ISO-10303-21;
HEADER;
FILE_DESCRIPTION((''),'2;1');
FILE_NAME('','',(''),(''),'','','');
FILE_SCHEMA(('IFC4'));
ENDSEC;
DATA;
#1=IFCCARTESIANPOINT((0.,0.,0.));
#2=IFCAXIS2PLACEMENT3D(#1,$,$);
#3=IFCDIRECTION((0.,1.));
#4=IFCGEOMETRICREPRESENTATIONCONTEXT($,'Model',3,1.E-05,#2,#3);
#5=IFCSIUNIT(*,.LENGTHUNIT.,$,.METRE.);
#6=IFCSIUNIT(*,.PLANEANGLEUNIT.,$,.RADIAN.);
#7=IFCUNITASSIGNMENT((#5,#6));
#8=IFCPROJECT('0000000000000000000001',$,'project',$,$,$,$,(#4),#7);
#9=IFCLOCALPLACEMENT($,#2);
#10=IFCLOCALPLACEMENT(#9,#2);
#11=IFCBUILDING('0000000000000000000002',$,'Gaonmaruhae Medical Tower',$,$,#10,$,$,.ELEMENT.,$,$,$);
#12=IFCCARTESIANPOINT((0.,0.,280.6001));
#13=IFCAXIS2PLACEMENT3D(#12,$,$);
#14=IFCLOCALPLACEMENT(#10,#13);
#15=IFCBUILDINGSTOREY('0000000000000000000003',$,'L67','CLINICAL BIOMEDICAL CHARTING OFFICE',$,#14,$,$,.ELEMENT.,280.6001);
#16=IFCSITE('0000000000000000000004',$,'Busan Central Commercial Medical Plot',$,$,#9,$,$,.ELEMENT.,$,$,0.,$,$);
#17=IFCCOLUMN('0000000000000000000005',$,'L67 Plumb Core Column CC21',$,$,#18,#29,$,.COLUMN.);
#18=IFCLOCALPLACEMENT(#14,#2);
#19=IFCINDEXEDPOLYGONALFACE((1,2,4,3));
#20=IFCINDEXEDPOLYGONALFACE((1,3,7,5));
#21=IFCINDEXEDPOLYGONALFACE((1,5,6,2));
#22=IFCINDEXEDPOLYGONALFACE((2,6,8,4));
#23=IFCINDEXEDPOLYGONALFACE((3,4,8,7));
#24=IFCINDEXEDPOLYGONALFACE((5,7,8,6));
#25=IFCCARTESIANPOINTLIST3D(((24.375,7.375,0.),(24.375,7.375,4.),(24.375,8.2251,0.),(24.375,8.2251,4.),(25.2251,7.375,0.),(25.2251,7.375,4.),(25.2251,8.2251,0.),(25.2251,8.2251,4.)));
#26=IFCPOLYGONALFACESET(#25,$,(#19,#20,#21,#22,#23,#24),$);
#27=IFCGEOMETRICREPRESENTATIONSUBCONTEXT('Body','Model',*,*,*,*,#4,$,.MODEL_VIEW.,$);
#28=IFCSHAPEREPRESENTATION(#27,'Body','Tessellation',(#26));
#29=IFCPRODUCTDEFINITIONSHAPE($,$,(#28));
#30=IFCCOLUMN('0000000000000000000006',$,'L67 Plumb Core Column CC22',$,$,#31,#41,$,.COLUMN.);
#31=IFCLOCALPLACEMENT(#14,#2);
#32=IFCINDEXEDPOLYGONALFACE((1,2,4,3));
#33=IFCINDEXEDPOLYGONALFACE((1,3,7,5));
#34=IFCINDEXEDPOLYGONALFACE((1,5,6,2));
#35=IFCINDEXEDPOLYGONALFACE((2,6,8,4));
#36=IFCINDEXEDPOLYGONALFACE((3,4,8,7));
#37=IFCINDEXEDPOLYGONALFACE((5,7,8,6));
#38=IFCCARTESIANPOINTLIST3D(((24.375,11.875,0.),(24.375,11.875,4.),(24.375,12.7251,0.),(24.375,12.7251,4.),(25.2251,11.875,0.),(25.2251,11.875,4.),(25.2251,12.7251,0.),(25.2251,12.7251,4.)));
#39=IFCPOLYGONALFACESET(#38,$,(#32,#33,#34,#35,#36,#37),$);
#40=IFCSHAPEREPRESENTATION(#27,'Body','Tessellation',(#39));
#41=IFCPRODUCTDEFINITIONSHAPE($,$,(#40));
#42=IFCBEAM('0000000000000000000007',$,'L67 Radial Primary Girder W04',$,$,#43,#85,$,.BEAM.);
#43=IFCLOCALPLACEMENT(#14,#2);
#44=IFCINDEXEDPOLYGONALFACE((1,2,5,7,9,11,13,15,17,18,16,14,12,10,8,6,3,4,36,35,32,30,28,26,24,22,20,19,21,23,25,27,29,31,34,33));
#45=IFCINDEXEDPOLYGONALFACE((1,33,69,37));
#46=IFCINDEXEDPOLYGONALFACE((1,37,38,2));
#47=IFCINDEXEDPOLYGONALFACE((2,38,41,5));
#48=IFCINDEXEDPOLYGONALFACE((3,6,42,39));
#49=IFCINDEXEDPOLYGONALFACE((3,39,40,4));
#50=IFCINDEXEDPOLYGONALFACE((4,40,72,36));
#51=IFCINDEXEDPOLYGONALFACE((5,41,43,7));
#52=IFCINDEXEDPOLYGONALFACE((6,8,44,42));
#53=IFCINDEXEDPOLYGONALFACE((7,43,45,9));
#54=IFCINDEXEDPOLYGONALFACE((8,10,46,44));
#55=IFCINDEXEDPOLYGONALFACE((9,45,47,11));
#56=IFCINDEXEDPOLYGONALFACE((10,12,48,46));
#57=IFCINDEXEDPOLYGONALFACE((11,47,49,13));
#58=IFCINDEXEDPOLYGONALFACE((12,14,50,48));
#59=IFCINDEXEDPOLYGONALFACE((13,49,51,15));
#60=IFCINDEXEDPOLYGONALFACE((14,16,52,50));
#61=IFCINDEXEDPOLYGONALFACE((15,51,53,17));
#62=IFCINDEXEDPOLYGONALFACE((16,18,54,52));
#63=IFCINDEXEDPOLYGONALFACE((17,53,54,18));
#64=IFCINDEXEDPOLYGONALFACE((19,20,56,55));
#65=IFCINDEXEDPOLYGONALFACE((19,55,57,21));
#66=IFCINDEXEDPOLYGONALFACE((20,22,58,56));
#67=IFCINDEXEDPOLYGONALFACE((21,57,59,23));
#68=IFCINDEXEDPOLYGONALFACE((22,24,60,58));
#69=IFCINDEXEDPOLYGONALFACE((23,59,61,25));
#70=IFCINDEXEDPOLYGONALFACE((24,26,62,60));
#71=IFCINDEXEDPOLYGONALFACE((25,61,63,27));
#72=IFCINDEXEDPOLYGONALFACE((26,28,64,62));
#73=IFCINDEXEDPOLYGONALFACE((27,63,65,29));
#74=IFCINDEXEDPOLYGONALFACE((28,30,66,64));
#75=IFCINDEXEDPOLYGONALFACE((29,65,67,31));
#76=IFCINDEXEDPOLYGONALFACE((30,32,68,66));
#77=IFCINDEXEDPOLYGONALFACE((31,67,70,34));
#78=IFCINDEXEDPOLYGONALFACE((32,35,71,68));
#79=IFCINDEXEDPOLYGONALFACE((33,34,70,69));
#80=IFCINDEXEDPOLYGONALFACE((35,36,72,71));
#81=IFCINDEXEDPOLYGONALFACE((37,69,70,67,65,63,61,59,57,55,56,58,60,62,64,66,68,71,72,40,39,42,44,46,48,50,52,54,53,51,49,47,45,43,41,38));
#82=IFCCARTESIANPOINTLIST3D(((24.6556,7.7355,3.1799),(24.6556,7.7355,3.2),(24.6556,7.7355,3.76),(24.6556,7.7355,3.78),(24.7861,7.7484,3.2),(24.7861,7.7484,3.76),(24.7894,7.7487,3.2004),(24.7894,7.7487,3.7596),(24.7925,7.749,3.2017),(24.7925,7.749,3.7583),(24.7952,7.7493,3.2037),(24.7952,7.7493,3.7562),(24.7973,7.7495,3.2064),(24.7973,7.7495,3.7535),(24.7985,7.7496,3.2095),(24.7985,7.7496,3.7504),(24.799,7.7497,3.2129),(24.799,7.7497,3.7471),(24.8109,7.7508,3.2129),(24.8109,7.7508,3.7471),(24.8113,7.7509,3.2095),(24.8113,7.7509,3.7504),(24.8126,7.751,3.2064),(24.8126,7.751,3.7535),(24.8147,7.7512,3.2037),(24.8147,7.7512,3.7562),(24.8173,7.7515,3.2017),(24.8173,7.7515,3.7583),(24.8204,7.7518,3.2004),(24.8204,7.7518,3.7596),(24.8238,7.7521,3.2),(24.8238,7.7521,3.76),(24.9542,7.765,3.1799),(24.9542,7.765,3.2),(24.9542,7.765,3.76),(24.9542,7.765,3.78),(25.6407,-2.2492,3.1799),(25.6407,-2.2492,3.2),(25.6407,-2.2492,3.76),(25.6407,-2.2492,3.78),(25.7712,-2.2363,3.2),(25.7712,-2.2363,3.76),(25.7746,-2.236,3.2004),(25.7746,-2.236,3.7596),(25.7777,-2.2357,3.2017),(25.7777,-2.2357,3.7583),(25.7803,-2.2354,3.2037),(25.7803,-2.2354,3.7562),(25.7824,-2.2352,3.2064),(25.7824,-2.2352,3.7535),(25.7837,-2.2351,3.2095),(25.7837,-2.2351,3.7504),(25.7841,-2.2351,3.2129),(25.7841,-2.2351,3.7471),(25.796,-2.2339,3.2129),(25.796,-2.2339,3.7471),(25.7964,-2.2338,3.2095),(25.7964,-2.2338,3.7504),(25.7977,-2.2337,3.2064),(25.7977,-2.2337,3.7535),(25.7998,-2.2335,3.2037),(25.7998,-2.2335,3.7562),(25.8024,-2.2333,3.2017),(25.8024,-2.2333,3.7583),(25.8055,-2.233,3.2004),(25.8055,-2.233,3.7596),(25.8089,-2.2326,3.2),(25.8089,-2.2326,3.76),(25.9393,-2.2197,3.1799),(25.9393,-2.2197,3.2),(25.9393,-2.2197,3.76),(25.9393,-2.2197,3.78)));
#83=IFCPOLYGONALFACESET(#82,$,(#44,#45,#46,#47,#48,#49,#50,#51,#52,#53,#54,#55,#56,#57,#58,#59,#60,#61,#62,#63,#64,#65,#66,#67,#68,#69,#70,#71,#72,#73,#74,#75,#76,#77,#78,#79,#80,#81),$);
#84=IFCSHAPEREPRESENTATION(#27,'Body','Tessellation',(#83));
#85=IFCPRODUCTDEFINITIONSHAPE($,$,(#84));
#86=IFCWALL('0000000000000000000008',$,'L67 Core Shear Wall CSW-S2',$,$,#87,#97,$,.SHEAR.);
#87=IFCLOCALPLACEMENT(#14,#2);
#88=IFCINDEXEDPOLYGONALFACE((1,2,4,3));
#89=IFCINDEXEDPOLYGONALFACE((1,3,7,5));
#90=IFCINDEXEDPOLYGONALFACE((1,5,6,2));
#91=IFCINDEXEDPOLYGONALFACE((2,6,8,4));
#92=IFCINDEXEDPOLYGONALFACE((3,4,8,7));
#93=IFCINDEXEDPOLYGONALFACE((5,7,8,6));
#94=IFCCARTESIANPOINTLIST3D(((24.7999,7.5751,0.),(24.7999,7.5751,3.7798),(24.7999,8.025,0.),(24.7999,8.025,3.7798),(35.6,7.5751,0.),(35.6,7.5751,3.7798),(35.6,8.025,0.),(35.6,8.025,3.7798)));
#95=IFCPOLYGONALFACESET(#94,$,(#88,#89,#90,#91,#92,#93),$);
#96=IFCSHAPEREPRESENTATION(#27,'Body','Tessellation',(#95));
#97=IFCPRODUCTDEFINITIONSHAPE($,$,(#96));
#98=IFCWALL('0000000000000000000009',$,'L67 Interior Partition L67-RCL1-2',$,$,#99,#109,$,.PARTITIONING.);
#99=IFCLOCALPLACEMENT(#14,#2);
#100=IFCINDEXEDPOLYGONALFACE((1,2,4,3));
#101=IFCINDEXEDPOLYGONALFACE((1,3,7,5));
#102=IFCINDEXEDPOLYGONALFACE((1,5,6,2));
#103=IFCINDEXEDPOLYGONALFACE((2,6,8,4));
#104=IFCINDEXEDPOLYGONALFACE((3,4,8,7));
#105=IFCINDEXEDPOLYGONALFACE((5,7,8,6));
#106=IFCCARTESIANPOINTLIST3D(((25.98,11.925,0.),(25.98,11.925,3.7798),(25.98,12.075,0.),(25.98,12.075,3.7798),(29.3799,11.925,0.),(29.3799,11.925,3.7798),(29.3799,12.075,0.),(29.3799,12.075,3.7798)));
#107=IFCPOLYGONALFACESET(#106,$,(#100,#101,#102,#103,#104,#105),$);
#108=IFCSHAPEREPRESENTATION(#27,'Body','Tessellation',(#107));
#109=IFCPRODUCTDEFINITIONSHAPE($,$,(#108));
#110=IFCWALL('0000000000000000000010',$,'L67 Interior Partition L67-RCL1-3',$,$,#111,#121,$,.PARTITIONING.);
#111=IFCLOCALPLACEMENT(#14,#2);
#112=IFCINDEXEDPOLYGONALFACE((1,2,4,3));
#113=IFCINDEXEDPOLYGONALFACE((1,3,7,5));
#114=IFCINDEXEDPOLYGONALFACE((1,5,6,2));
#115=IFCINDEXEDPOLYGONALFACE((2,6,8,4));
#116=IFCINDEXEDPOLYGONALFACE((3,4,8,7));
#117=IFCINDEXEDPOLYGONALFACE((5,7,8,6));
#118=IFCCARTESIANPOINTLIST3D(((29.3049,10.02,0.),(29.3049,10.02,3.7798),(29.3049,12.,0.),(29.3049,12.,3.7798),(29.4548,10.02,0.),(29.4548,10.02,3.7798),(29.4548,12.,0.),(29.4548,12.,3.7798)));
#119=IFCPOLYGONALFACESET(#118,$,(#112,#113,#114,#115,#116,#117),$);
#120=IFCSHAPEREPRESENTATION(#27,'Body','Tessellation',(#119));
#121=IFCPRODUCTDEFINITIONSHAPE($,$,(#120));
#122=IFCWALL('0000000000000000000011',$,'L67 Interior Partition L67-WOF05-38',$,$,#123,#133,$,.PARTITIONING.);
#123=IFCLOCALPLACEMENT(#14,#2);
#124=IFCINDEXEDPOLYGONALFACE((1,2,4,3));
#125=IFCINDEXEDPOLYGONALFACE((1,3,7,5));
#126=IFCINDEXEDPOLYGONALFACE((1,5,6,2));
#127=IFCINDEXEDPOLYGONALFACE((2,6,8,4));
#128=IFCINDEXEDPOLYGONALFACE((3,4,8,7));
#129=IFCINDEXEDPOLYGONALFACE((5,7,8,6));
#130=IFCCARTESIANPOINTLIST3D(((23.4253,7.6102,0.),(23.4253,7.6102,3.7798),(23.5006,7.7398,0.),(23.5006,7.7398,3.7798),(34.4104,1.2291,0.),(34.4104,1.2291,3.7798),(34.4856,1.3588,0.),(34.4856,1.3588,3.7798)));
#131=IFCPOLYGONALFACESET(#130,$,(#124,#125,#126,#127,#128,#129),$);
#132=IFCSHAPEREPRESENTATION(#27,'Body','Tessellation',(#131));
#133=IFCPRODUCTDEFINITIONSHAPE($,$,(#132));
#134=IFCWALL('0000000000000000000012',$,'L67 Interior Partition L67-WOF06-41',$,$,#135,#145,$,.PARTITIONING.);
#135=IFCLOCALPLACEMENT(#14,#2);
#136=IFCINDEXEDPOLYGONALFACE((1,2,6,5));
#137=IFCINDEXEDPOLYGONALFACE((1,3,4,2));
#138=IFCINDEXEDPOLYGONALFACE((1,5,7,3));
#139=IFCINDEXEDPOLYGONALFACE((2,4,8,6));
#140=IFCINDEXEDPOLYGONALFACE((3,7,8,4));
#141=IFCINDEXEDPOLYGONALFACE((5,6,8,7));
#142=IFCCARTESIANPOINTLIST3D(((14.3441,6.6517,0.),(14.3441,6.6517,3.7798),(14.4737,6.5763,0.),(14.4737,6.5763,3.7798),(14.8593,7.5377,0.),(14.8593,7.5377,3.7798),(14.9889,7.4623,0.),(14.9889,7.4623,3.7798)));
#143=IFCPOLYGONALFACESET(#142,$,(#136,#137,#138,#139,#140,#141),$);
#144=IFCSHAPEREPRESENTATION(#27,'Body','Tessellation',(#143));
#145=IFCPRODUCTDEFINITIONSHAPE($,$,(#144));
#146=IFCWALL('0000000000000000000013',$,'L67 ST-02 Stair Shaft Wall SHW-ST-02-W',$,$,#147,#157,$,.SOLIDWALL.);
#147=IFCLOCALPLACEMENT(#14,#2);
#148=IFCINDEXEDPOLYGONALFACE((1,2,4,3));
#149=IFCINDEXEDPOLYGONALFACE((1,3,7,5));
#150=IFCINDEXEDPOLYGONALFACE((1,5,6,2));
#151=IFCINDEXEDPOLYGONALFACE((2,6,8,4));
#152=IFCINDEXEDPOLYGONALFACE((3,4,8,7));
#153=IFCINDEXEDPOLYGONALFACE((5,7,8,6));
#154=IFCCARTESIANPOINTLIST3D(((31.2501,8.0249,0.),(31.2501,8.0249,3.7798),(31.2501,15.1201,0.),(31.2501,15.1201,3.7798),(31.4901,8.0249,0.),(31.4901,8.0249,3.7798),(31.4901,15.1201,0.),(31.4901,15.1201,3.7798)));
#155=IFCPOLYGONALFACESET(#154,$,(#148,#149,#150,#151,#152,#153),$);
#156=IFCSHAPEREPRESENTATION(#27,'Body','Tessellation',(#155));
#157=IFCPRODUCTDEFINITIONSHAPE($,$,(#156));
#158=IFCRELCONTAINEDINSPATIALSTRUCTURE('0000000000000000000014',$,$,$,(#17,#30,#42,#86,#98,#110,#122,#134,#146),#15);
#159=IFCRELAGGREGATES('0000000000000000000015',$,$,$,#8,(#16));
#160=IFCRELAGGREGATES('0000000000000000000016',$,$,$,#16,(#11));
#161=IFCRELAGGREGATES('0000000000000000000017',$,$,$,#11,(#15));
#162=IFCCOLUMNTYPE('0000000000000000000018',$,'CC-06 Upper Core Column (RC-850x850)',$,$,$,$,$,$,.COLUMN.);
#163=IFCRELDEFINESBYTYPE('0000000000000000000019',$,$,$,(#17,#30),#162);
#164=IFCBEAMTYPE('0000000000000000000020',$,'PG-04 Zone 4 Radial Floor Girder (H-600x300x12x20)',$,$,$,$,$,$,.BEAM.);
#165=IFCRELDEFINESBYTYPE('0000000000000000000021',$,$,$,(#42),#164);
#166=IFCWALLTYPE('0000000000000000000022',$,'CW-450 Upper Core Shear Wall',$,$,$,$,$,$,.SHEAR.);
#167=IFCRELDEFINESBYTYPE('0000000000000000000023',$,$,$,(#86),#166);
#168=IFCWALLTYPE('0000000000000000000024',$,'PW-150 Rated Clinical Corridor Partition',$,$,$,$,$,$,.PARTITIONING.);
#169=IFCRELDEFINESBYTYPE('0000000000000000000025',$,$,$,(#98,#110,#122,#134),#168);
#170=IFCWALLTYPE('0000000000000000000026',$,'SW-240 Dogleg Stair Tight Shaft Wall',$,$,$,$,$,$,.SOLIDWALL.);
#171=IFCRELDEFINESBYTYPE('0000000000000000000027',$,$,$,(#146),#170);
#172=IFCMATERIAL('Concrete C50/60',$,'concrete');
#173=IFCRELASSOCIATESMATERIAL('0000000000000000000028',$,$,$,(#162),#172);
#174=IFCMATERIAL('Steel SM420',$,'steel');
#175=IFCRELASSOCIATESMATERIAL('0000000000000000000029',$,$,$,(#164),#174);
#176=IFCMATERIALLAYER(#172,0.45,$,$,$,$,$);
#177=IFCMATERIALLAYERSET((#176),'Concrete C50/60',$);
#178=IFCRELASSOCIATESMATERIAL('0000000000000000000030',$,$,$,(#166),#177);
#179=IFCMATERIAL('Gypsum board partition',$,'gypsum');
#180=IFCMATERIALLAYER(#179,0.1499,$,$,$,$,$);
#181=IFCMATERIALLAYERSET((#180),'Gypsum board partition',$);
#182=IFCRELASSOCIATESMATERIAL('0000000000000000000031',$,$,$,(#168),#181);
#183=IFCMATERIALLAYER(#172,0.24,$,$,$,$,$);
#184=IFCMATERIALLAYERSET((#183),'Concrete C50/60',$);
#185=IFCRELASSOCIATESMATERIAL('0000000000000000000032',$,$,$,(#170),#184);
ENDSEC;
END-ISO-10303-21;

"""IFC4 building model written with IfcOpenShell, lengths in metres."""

from ifc_helpers import new_model, si_unit, direction, frame, frame_2d, origin, origin_2d, place, context, subcontext, project, spatial, rectangle, i_section, extrude, material, layer, layer_set, material_profile, profile_set, type_object, element, save


model = new_model("IFC4")

# Units and contexts
model_context = context("Model", 3, precision=1e-05, world=origin(), true_north=direction((0.0, 1.0)))
body_context = subcontext(model_context, "Body", "Model", "MODEL_VIEW")
ifc_project = project(units=[si_unit("LENGTHUNIT", "METRE"), si_unit("PLANEANGLEUNIT", "RADIAN")], contexts=[model_context])

# Site, building, storey
site_placement = place(None, origin())
site = spatial("IfcSite", under=ifc_project, at=site_placement, Name="Busan Central Commercial Medical Plot", CompositionType="ELEMENT", RefElevation=0.0)
building_placement = place(site_placement, origin())
building = spatial("IfcBuilding", under=site, at=building_placement, Name="Gaonmaruhae Medical Tower", CompositionType="ELEMENT")
storey_placement = place(building_placement, frame((0.0, 0.0, 280.6001)))
storey = spatial("IfcBuildingStorey", under=building, at=storey_placement, Name="L67", Description="CLINICAL BIOMEDICAL CHARTING OFFICE", CompositionType="ELEMENT", Elevation=280.6001)

# Columns
ifc_material_1 = material(Name="Concrete C50/60", Category="concrete")
ifc_material_profile_1 = material_profile(ifc_material_1, rectangle(XDim=0.8501, YDim=0.8501, at=origin_2d()), Name="RC-850x850")
ifc_profile_set_1 = profile_set([ifc_material_profile_1], Name="Concrete C50/60")
column_type = type_object("IfcColumnType", Name="CC-06 Upper Core Column (RC-850x850)", PredefinedType="COLUMN", material=ifc_profile_set_1)
for number, where, z_axis, x_axis, name in (
    (1, (24.8, 7.8, 0.0), (0.0, 0.0, 1.0), (1.0, 0.0, 0.0), "L67 Plumb Core Column CC21"),
    (2, (24.8, 12.3, 0.0), (0.0, 0.0, 1.0), (1.0, 0.0, 0.0), "L67 Plumb Core Column CC22"),
):
    element("IfcColumn", number, at=place(storey_placement, frame(where, z_axis=z_axis, x_axis=x_axis)), inside=storey, type_object=column_type, Name=name, PredefinedType="COLUMN", context=body_context, shape_type="SweptSolid", body=[
        extrude(rectangle(XDim=0.8501, YDim=0.8501, at=origin_2d()), origin(), (0.0, 0.0, 1.0), 4.0),
    ])

# Beam
ifc_material_2 = material(Name="Steel SM420", Category="steel")
ifc_material_profile_2 = material_profile(ifc_material_2, i_section(OverallWidth=0.3, OverallDepth=0.6001, WebThickness=0.012, FlangeThickness=0.02, FilletRadius=0.0129, at=origin_2d()), Name="H-600x300x12x20")
ifc_profile_set_2 = profile_set([ifc_material_profile_2], Name="Steel SM420")
beam_type = type_object("IfcBeamType", Name="PG-04 Zone 4 Radial Floor Girder (H-600x300x12x20)", PredefinedType="BEAM", material=ifc_profile_set_2)
beam_placement = place(storey_placement, frame((24.8049, 7.7502, 3.48), z_axis=(0.098186, -0.995168, 0.0), x_axis=(0.995168, 0.098186, 0.0)))
element("IfcBeam", 3, at=beam_placement, inside=storey, type_object=beam_type, Name="L67 Radial Primary Girder W04", PredefinedType="BEAM", context=body_context, shape_type="SweptSolid", body=[
    extrude(i_section(OverallWidth=0.3, OverallDepth=0.6001, WebThickness=0.012, FlangeThickness=0.02, FilletRadius=0.0129, at=origin_2d()), origin(), (0.0, 0.0, 1.0), 10.0332),
])

# Wall
ifc_layer_1 = layer(ifc_material_1, 0.45)
ifc_layer_set_1 = layer_set([ifc_layer_1], Name="Concrete C50/60")
wall_type_1 = type_object("IfcWallType", Name="CW-450 Upper Core Shear Wall", PredefinedType="SHEAR", material=ifc_layer_set_1)
wall_1_placement = place(storey_placement, frame((24.8, 7.8, 0.0), z_axis=(0.0, 0.0, 1.0), x_axis=(1.0, 0.0, 0.0)))
element("IfcWall", 4, at=wall_1_placement, inside=storey, type_object=wall_type_1, Name="L67 Core Shear Wall CSW-S2", PredefinedType="SHEAR", context=body_context, shape_type="SweptSolid", body=[
    extrude(rectangle(XDim=10.8, YDim=0.45, at=frame_2d((5.3999, 0.0))), origin(), (0.0, 0.0, 1.0), 3.7798),
])

# Shared definitions
ifc_material_3 = material(Name="Gypsum board partition", Category="gypsum")
ifc_layer_2 = layer(ifc_material_3, 0.1499)
ifc_layer_set_2 = layer_set([ifc_layer_2], Name="Gypsum board partition")
wall_type_2 = type_object("IfcWallType", Name="PW-150 Rated Clinical Corridor Partition", PredefinedType="PARTITIONING", material=ifc_layer_set_2)

# Walls
wall_2_placement = place(storey_placement, frame((25.98, 12.0, 0.0), z_axis=(0.0, 0.0, 1.0), x_axis=(1.0, 0.0, 0.0)))
element("IfcWall", 5, at=wall_2_placement, inside=storey, type_object=wall_type_2, Name="L67 Interior Partition L67-RCL1-2", PredefinedType="PARTITIONING", context=body_context, shape_type="SweptSolid", body=[
    extrude(rectangle(XDim=3.3999, YDim=0.1499, at=frame_2d((1.7, 0.0))), origin(), (0.0, 0.0, 1.0), 3.7798),
])
wall_3_placement = place(storey_placement, frame((29.3799, 12.0, 0.0), z_axis=(0.0, 0.0, 1.0), x_axis=(0.0, -1.0, 0.0)))
element("IfcWall", 6, at=wall_3_placement, inside=storey, type_object=wall_type_2, Name="L67 Interior Partition L67-RCL1-3", PredefinedType="PARTITIONING", context=body_context, shape_type="SweptSolid", body=[
    extrude(rectangle(XDim=1.98, YDim=0.1499, at=frame_2d((0.99, 0.0))), origin(), (0.0, 0.0, 1.0), 3.7798),
])
wall_4_placement = place(storey_placement, frame((23.4629, 7.675, 0.0), z_axis=(0.0, 0.0, 1.0), x_axis=(0.864698, -0.502292, 0.0)))
element("IfcWall", 7, at=wall_4_placement, inside=storey, type_object=wall_type_2, Name="L67 Interior Partition L67-WOF05-38", PredefinedType="PARTITIONING", context=body_context, shape_type="SweptSolid", body=[
    extrude(rectangle(XDim=12.7039, YDim=0.1499, at=frame_2d((6.3521, 0.0))), origin(), (0.0, 0.0, 1.0), 3.7798),
])
wall_5_placement = place(storey_placement, frame((14.9241, 7.5, 0.0), z_axis=(0.0, 0.0, 1.0), x_axis=(-0.502641, -0.864495, 0.0)))
element("IfcWall", 8, at=wall_5_placement, inside=storey, type_object=wall_type_2, Name="L67 Interior Partition L67-WOF06-41", PredefinedType="PARTITIONING", context=body_context, shape_type="SweptSolid", body=[
    extrude(rectangle(XDim=1.0249, YDim=0.1499, at=frame_2d((0.5125, 0.0))), origin(), (0.0, 0.0, 1.0), 3.7798),
])
ifc_layer_3 = layer(ifc_material_1, 0.24)
ifc_layer_set_3 = layer_set([ifc_layer_3], Name="Concrete C50/60")
wall_type_3 = type_object("IfcWallType", Name="SW-240 Dogleg Stair Tight Shaft Wall", PredefinedType="SOLIDWALL", material=ifc_layer_set_3)
wall_6_placement = place(storey_placement, frame((31.3701, 8.0249, 0.0), z_axis=(0.0, 0.0, 1.0), x_axis=(0.0, 1.0, 0.0)))
element("IfcWall", 9, at=wall_6_placement, inside=storey, type_object=wall_type_3, Name="L67 ST-02 Stair Shaft Wall SHW-ST-02-W", PredefinedType="SOLIDWALL", context=body_context, shape_type="SweptSolid", body=[
    extrude(rectangle(XDim=7.0952, YDim=0.24, at=frame_2d((3.5476, 0.0))), origin(), (0.0, 0.0, 1.0), 3.7798),
])

save(model, "model.ifc")
